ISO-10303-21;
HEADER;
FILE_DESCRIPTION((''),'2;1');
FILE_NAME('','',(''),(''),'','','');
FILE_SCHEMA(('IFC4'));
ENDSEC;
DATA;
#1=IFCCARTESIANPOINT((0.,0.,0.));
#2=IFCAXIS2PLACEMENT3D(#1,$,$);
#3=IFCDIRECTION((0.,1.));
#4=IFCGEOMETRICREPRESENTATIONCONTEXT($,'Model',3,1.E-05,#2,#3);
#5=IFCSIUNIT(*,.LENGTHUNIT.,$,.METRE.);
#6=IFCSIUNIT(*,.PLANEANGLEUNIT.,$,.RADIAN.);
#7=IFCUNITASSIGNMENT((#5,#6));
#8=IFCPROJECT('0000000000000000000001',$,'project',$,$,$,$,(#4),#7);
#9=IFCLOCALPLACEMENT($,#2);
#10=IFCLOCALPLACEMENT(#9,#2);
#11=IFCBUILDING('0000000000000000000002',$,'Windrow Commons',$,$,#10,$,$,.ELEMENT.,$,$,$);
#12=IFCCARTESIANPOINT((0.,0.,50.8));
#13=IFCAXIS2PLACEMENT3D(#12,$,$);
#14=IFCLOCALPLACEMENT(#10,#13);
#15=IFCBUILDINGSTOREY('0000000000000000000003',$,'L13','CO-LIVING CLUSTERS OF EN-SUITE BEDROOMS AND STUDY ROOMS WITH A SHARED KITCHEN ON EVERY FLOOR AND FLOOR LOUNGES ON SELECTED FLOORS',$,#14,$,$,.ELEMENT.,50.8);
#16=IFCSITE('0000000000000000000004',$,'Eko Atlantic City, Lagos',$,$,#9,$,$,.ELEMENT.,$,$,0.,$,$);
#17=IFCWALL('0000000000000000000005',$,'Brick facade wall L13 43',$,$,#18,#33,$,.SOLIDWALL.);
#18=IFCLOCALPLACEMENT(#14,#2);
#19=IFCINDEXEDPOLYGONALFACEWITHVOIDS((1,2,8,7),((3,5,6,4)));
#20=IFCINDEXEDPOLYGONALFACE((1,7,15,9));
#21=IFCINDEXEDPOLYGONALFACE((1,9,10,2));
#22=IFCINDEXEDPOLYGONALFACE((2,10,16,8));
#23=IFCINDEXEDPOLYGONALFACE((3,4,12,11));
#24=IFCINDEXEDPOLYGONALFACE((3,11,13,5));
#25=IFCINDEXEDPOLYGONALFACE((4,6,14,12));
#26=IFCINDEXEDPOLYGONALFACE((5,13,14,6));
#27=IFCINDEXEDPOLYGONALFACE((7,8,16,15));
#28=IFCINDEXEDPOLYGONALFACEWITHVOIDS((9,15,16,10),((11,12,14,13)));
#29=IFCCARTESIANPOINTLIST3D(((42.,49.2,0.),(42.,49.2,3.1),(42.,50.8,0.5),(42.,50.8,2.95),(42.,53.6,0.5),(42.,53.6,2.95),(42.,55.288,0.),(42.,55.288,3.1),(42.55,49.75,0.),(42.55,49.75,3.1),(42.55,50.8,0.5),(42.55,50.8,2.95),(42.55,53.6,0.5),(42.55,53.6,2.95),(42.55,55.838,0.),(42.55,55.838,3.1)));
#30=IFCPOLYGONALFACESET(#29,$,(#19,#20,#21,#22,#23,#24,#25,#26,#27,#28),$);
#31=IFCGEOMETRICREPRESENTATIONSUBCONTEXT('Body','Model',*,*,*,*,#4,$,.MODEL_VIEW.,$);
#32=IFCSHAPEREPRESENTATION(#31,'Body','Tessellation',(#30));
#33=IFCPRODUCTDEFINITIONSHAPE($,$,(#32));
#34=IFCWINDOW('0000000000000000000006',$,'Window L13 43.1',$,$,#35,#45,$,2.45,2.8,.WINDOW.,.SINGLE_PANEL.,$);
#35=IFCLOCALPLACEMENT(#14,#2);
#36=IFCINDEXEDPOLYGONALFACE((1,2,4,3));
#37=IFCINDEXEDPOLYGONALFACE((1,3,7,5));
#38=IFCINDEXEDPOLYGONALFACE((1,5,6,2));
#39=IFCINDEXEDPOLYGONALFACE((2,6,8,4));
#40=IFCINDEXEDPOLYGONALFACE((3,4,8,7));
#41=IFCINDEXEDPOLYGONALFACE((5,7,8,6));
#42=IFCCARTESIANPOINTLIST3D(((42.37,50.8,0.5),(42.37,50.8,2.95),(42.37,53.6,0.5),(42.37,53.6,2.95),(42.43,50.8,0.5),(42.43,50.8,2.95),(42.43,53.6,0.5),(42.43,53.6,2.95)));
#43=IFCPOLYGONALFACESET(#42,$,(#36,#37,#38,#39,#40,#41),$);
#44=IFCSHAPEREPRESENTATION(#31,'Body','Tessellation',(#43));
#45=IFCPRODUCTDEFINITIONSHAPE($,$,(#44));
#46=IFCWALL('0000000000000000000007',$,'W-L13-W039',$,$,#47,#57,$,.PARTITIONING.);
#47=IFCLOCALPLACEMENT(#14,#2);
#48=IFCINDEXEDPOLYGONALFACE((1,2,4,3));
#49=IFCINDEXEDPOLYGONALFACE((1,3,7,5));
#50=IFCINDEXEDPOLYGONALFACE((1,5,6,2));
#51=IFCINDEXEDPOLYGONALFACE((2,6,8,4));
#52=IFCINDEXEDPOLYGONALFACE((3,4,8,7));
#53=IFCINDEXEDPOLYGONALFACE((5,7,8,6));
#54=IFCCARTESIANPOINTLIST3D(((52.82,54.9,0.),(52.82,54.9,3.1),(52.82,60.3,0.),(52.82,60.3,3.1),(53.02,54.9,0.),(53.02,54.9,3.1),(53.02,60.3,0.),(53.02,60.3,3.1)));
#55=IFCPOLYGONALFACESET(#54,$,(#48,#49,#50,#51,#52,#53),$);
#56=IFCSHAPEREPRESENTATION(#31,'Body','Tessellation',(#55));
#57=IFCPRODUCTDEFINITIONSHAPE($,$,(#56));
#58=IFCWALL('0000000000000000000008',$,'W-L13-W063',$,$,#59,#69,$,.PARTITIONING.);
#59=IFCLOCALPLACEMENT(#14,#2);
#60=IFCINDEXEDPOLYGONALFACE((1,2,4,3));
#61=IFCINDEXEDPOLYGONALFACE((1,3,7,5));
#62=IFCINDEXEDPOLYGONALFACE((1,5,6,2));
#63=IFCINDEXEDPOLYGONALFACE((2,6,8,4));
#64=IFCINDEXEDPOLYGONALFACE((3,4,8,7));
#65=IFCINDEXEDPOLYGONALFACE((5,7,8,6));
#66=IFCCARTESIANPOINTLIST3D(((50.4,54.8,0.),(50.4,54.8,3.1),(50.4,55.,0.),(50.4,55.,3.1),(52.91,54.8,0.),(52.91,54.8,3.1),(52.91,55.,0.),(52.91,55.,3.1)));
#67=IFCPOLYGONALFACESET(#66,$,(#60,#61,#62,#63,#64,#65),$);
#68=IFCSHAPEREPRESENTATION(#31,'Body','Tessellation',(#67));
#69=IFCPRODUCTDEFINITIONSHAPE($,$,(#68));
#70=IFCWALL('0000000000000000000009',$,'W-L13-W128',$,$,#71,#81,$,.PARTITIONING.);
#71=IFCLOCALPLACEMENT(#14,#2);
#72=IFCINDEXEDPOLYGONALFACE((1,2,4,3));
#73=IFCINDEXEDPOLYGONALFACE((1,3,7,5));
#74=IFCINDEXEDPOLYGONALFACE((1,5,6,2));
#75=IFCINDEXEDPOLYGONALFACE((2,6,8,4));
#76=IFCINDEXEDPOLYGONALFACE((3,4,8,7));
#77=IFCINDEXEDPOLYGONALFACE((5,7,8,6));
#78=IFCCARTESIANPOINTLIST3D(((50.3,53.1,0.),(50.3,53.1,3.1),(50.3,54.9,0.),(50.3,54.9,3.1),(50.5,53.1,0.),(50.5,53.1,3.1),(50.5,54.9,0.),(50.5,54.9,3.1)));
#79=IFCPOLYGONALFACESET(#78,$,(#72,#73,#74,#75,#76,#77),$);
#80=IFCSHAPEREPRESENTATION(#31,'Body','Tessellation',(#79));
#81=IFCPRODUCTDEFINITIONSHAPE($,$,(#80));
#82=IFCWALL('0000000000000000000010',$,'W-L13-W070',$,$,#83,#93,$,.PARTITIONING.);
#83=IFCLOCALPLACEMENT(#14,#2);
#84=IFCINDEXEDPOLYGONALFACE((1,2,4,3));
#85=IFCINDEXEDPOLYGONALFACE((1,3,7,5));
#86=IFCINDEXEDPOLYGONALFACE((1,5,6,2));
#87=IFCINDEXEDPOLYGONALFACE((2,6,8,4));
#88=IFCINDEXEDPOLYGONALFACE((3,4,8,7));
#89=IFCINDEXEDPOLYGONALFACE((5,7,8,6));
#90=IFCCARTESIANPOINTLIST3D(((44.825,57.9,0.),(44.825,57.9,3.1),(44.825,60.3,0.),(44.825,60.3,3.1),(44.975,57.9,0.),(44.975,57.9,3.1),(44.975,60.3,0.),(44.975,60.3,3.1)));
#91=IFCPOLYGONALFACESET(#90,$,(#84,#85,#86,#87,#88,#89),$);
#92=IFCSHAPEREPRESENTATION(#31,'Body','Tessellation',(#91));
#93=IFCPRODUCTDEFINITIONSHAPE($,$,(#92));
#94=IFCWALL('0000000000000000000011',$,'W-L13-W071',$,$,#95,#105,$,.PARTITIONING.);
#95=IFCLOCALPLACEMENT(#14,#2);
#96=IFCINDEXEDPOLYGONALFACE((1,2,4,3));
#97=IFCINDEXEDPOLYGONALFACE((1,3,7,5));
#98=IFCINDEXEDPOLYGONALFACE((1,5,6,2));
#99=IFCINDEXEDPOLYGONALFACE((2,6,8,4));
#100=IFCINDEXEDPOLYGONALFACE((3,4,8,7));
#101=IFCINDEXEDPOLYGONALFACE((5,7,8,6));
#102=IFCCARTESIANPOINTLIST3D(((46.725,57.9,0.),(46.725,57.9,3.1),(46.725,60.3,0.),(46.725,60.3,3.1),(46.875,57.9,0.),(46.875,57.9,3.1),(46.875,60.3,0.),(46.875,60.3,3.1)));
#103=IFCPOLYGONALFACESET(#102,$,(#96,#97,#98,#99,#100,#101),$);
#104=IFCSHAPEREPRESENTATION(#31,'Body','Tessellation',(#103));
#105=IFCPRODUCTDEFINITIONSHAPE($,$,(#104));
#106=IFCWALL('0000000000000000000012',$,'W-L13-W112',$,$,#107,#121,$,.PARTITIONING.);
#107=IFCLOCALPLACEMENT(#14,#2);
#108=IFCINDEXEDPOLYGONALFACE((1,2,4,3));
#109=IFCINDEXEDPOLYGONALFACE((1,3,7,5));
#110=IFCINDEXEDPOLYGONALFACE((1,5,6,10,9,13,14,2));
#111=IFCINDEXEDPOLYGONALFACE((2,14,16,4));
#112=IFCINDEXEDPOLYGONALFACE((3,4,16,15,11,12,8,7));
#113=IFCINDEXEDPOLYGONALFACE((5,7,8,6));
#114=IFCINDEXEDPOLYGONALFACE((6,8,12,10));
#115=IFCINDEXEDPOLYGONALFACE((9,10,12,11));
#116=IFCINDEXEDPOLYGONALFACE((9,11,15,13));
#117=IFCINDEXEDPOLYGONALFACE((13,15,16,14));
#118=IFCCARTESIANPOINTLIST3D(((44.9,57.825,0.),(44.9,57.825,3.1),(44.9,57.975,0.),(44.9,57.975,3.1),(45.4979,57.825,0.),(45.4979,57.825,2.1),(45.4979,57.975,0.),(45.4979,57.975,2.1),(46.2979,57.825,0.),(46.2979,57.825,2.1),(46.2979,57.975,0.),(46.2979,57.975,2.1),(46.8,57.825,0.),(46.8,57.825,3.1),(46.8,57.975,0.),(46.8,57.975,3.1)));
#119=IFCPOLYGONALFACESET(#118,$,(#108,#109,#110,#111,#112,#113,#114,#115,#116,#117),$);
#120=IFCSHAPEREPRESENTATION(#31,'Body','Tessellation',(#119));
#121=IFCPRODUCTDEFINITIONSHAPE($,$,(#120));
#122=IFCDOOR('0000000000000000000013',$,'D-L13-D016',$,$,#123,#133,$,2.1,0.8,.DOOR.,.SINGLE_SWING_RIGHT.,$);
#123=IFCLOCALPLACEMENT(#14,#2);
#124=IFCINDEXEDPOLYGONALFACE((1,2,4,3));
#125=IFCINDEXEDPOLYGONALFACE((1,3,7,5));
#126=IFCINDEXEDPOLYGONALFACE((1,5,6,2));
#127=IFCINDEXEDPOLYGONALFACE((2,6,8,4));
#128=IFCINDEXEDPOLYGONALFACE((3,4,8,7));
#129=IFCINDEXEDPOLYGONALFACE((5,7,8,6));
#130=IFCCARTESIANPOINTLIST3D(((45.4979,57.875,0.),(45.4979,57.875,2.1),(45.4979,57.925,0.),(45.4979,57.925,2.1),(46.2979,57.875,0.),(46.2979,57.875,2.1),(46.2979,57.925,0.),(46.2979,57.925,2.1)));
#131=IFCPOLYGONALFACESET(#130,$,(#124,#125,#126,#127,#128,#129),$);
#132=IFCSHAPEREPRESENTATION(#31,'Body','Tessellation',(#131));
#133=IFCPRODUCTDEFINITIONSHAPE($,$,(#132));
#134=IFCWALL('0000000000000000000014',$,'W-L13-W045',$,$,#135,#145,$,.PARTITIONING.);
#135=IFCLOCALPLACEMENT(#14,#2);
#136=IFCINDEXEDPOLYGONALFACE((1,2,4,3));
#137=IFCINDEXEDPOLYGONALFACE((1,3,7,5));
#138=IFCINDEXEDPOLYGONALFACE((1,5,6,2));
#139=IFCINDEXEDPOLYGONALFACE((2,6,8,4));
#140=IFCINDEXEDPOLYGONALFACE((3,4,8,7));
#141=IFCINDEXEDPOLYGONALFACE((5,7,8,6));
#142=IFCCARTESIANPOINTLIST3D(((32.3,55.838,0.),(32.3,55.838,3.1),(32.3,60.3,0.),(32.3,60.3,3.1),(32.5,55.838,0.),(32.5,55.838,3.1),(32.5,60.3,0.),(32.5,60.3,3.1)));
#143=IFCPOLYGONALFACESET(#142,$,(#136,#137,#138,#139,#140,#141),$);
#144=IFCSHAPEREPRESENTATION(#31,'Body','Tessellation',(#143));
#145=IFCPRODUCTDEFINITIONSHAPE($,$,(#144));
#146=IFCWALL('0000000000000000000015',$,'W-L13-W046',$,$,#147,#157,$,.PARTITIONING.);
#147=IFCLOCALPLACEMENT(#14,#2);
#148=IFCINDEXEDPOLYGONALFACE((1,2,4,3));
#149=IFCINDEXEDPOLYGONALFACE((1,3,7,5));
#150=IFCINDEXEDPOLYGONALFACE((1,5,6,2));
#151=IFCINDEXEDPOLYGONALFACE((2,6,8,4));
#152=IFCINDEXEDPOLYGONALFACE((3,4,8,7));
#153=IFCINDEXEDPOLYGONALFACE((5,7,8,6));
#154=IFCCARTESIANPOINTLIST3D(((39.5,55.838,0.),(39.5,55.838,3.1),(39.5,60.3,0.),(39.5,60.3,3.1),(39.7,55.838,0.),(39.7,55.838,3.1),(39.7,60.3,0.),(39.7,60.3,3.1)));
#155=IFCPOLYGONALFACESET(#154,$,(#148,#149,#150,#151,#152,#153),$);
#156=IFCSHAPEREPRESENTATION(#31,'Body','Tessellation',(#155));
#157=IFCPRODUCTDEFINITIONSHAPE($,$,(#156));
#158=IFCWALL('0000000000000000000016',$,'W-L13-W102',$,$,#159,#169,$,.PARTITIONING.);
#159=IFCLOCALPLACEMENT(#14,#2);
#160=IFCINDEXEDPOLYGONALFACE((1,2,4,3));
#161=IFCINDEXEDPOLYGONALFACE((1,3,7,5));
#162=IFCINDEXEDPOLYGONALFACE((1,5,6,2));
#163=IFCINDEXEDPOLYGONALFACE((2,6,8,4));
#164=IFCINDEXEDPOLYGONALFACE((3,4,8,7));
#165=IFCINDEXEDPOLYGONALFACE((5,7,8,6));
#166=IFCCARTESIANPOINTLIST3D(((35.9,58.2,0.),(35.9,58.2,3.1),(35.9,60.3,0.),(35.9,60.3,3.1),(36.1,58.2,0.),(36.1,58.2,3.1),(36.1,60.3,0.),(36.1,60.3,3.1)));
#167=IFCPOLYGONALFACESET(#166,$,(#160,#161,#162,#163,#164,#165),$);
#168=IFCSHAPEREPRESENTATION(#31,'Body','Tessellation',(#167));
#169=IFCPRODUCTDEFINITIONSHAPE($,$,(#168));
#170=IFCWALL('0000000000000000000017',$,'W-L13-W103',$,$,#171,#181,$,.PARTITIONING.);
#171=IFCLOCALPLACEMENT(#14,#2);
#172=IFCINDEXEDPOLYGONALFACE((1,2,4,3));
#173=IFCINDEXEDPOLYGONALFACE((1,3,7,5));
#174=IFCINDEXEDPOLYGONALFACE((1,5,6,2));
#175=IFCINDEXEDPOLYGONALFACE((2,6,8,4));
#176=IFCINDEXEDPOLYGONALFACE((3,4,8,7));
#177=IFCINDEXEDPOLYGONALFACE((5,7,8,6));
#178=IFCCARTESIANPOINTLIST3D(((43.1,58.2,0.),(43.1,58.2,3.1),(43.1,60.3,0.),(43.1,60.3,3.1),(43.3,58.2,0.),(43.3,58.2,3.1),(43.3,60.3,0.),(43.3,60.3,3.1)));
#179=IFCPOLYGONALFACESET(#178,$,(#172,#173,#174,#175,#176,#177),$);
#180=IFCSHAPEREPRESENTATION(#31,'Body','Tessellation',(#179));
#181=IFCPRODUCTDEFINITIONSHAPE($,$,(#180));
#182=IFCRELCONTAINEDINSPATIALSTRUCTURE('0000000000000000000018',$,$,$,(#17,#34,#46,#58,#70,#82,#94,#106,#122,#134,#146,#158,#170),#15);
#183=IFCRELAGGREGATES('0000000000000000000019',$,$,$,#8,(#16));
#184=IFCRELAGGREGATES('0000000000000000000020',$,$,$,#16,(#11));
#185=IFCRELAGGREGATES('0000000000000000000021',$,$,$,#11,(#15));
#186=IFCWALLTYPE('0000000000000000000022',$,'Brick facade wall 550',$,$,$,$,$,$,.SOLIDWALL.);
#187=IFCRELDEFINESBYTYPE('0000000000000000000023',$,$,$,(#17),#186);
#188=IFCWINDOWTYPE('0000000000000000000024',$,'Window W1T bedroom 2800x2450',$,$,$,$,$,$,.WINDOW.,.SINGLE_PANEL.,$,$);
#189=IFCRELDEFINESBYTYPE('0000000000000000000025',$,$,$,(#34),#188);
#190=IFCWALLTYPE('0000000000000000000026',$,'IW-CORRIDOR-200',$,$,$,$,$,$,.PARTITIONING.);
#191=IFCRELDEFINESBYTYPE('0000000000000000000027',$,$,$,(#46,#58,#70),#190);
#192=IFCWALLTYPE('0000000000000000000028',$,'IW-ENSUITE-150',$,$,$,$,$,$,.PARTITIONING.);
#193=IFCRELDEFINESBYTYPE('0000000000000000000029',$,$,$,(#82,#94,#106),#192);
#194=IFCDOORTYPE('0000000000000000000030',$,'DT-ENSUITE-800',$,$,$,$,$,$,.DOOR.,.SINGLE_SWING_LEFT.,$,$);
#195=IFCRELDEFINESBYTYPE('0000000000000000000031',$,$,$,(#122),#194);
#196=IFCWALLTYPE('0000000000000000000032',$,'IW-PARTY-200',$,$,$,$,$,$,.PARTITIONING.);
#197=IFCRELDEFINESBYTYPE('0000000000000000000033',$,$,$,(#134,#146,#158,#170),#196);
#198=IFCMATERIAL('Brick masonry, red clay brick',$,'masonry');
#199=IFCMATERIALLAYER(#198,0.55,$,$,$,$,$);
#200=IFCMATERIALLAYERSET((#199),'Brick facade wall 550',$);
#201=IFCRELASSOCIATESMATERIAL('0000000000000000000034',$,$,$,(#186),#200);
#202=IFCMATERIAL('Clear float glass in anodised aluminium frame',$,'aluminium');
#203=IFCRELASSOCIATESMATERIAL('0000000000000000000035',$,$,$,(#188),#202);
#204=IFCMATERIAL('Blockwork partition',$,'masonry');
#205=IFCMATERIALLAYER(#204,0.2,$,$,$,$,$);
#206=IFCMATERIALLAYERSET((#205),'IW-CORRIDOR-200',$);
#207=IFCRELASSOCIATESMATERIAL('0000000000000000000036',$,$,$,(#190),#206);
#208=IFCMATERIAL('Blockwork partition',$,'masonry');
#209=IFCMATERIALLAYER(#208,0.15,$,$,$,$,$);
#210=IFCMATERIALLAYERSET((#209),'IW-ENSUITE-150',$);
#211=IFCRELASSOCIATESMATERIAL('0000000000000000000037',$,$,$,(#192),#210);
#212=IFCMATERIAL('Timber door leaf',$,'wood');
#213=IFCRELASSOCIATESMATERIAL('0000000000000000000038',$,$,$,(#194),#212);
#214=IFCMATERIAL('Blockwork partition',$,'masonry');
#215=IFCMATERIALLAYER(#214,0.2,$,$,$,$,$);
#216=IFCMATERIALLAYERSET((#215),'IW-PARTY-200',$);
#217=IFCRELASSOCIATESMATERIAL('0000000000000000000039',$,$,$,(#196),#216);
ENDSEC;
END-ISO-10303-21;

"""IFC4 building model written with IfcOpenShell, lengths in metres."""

from ifc_helpers import new_model, si_unit, direction, frame, frame_2d, origin, place, context, subcontext, project, spatial, polyline, rectangle, outline, extrude, material, layer, layer_set, type_object, element, fill, save


model = new_model("IFC4")

# Units and contexts
model_context = context("Model", 3, precision=1e-05, world=origin(), true_north=direction((0.0, 1.0)))
body_context = subcontext(model_context, "Body", "Model", "MODEL_VIEW")
ifc_project = project(units=[si_unit("LENGTHUNIT", "METRE"), si_unit("PLANEANGLEUNIT", "RADIAN")], contexts=[model_context])

# Site, building, storey
site_placement = place(None, origin())
site = spatial("IfcSite", under=ifc_project, at=site_placement, Name="Eko Atlantic City, Lagos", CompositionType="ELEMENT", RefElevation=0.0)
building_placement = place(site_placement, origin())
building = spatial("IfcBuilding", under=site, at=building_placement, Name="Windrow Commons", CompositionType="ELEMENT")
storey_placement = place(building_placement, frame((0.0, 0.0, 50.8)))
storey = spatial("IfcBuildingStorey", under=building, at=storey_placement, Name="L13", Description="CO-LIVING CLUSTERS OF EN-SUITE BEDROOMS AND STUDY ROOMS WITH A SHARED KITCHEN ON EVERY FLOOR AND FLOOR LOUNGES ON SELECTED FLOORS", CompositionType="ELEMENT", Elevation=50.8)

# Shared definitions
ifc_material_1 = material(Name="Brick masonry, red clay brick", Category="masonry")
ifc_layer_1 = layer(ifc_material_1, 0.55)
ifc_layer_set_1 = layer_set([ifc_layer_1], Name="Brick facade wall 550")
wall_type_1 = type_object("IfcWallType", Name="Brick facade wall 550", PredefinedType="SOLIDWALL", material=ifc_layer_set_1)
ifc_material_2 = material(Name="Clear float glass in anodised aluminium frame", Category="aluminium")
window_type_1 = type_object("IfcWindowType", Name="Window W1T bedroom 2800x2450", PartitioningType="SINGLE_PANEL", PredefinedType="WINDOW", material=ifc_material_2)

# Wall, opening, window
wall_1_placement = place(storey_placement, frame((42.275, 55.563, 0.0), z_axis=(0.0, 0.0, 1.0), x_axis=(0.0, -1.0, 0.0)))
wall_1 = element("IfcWall", 1, at=wall_1_placement, inside=storey, type_object=wall_type_1, Name="Brick facade wall L13 43", PredefinedType="SOLIDWALL", context=body_context, shape_type="SweptSolid", body=[
    extrude(outline(polyline([(0.275, -0.275), (6.363, -0.275), (5.813, 0.275), (-0.275, 0.275), (0.275, -0.275)])), origin(), (0.0, 0.0, 1.0), 3.1),
])
opening_1_placement = place(wall_1_placement, frame((1.963, 0.0, 0.5)))
opening_1 = element("IfcOpeningElement", 2, at=opening_1_placement, cuts=wall_1, PredefinedType="OPENING", context=body_context, shape_type="SweptSolid", body=[
    extrude(rectangle(XDim=2.8, YDim=2.45, at=frame_2d((1.4, 1.225))), frame((0.0, 0.285, 0.0), z_axis=(0.0, -1.0, 0.0), x_axis=(1.0, 0.0, 0.0)), (0.0, 0.0, 1.0), 0.57),
])
window_1_placement = place(opening_1_placement, origin())
window_1 = element("IfcWindow", 3, at=window_1_placement, inside=storey, type_object=window_type_1, Name="Window L13 43.1", OverallHeight=2.45, OverallWidth=2.8, PartitioningType="SINGLE_PANEL", PredefinedType="WINDOW", context=body_context, shape_type="SweptSolid", body=[
    extrude(rectangle(XDim=2.8, YDim=2.45, at=frame_2d((1.4, 1.225))), frame((0.0, 0.155, 0.0), z_axis=(0.0, -1.0, 0.0), x_axis=(1.0, 0.0, 0.0)), (0.0, 0.0, 1.0), 0.06),
])
fill(opening_1, window_1)

# Walls
ifc_material_3 = material(Name="Blockwork partition", Category="masonry")
ifc_layer_2 = layer(ifc_material_3, 0.2)
ifc_layer_set_2 = layer_set([ifc_layer_2], Name="IW-CORRIDOR-200")
wall_type_2 = type_object("IfcWallType", Name="IW-CORRIDOR-200", PredefinedType="PARTITIONING", material=ifc_layer_set_2)
wall_2_placement = place(storey_placement, frame((52.92, 54.9, 0.0), z_axis=(0.0, 0.0, 1.0), x_axis=(0.0, 1.0, 0.0)))
element("IfcWall", 4, at=wall_2_placement, inside=storey, type_object=wall_type_2, Name="W-L13-W039", PredefinedType="PARTITIONING", context=body_context, shape_type="SweptSolid", body=[
    extrude(rectangle(XDim=5.4, YDim=0.2, at=frame_2d((2.7, 0.0))), origin(), (0.0, 0.0, 1.0), 3.1),
])
wall_3_placement = place(storey_placement, frame((50.4, 54.9, 0.0), z_axis=(0.0, 0.0, 1.0), x_axis=(1.0, 0.0, 0.0)))
element("IfcWall", 5, at=wall_3_placement, inside=storey, type_object=wall_type_2, Name="W-L13-W063", PredefinedType="PARTITIONING", context=body_context, shape_type="SweptSolid", body=[
    extrude(rectangle(XDim=2.51, YDim=0.2, at=frame_2d((1.255, 0.0))), origin(), (0.0, 0.0, 1.0), 3.1),
])
wall_4_placement = place(storey_placement, frame((50.4, 53.1, 0.0), z_axis=(0.0, 0.0, 1.0), x_axis=(0.0, 1.0, 0.0)))
element("IfcWall", 6, at=wall_4_placement, inside=storey, type_object=wall_type_2, Name="W-L13-W128", PredefinedType="PARTITIONING", context=body_context, shape_type="SweptSolid", body=[
    extrude(rectangle(XDim=1.8, YDim=0.2, at=frame_2d((0.9, 0.0))), origin(), (0.0, 0.0, 1.0), 3.1),
])
ifc_material_4 = material(Name="Blockwork partition", Category="masonry")
ifc_layer_3 = layer(ifc_material_4, 0.15)
ifc_layer_set_3 = layer_set([ifc_layer_3], Name="IW-ENSUITE-150")
wall_type_3 = type_object("IfcWallType", Name="IW-ENSUITE-150", PredefinedType="PARTITIONING", material=ifc_layer_set_3)
for number, where, z_axis, x_axis, name in (
    (7, (44.9, 57.9, 0.0), (0.0, 0.0, 1.0), (0.0, 1.0, 0.0), "W-L13-W070"),
    (8, (46.8, 57.9, 0.0), (0.0, 0.0, 1.0), (0.0, 1.0, 0.0), "W-L13-W071"),
):
    element("IfcWall", number, at=place(storey_placement, frame(where, z_axis=z_axis, x_axis=x_axis)), inside=storey, type_object=wall_type_3, Name=name, PredefinedType="PARTITIONING", context=body_context, shape_type="SweptSolid", body=[
        extrude(rectangle(XDim=2.4, YDim=0.15, at=frame_2d((1.2, 0.0))), origin(), (0.0, 0.0, 1.0), 3.1),
    ])

# Wall, opening, door
wall_5_placement = place(storey_placement, frame((44.9, 57.9, 0.0), z_axis=(0.0, 0.0, 1.0), x_axis=(1.0, 0.0, 0.0)))
wall_5 = element("IfcWall", 9, at=wall_5_placement, inside=storey, type_object=wall_type_3, Name="W-L13-W112", PredefinedType="PARTITIONING", context=body_context, shape_type="SweptSolid", body=[
    extrude(rectangle(XDim=1.9, YDim=0.15, at=frame_2d((0.95, 0.0))), origin(), (0.0, 0.0, 1.0), 3.1),
])
opening_2_placement = place(wall_5_placement, frame((0.5979, 0.0, 0.0)))
opening_2 = element("IfcOpeningElement", 10, at=opening_2_placement, cuts=wall_5, PredefinedType="OPENING", context=body_context, shape_type="SweptSolid", body=[
    extrude(rectangle(XDim=0.8, YDim=2.1, at=frame_2d((0.4, 1.05))), frame((0.0, 0.085, 0.0), z_axis=(0.0, -1.0, 0.0), x_axis=(1.0, 0.0, 0.0)), (0.0, 0.0, 1.0), 0.17),
])
ifc_material_5 = material(Name="Timber door leaf", Category="wood")
door_type = type_object("IfcDoorType", Name="DT-ENSUITE-800", OperationType="SINGLE_SWING_LEFT", PredefinedType="DOOR", material=ifc_material_5)
door_placement = place(opening_2_placement, origin())
door = element("IfcDoor", 11, at=door_placement, inside=storey, type_object=door_type, Name="D-L13-D016", OperationType="SINGLE_SWING_RIGHT", OverallHeight=2.1, OverallWidth=0.8, PredefinedType="DOOR", context=body_context, shape_type="SweptSolid", body=[
    extrude(rectangle(XDim=0.8, YDim=2.1, at=frame_2d((0.4, 1.05))), frame((0.0, 0.025, 0.0), z_axis=(0.0, -1.0, 0.0), x_axis=(1.0, 0.0, 0.0)), (0.0, 0.0, 1.0), 0.05),
])
fill(opening_2, door)

# Walls
ifc_material_6 = material(Name="Blockwork partition", Category="masonry")
ifc_layer_4 = layer(ifc_material_6, 0.2)
ifc_layer_set_4 = layer_set([ifc_layer_4], Name="IW-PARTY-200")
wall_type_4 = type_object("IfcWallType", Name="IW-PARTY-200", PredefinedType="PARTITIONING", material=ifc_layer_set_4)
for number, where, z_axis, x_axis, name in (
    (12, (32.4, 55.838, 0.0), (0.0, 0.0, 1.0), (0.0, 1.0, 0.0), "W-L13-W045"),
    (13, (39.6, 55.838, 0.0), (0.0, 0.0, 1.0), (0.0, 1.0, 0.0), "W-L13-W046"),
):
    element("IfcWall", number, at=place(storey_placement, frame(where, z_axis=z_axis, x_axis=x_axis)), inside=storey, type_object=wall_type_4, Name=name, PredefinedType="PARTITIONING", context=body_context, shape_type="SweptSolid", body=[
        extrude(rectangle(XDim=4.462, YDim=0.2, at=frame_2d((2.231, 0.0))), origin(), (0.0, 0.0, 1.0), 3.1),
    ])
for number, where, z_axis, x_axis, name in (
    (14, (36.0, 58.2, 0.0), (0.0, 0.0, 1.0), (0.0, 1.0, 0.0), "W-L13-W102"),
    (15, (43.2, 58.2, 0.0), (0.0, 0.0, 1.0), (0.0, 1.0, 0.0), "W-L13-W103"),
):
    element("IfcWall", number, at=place(storey_placement, frame(where, z_axis=z_axis, x_axis=x_axis)), inside=storey, type_object=wall_type_4, Name=name, PredefinedType="PARTITIONING", context=body_context, shape_type="SweptSolid", body=[
        extrude(rectangle(XDim=2.1, YDim=0.2, at=frame_2d((1.05, 0.0))), origin(), (0.0, 0.0, 1.0), 3.1),
    ])

save(model, "model.ifc")
